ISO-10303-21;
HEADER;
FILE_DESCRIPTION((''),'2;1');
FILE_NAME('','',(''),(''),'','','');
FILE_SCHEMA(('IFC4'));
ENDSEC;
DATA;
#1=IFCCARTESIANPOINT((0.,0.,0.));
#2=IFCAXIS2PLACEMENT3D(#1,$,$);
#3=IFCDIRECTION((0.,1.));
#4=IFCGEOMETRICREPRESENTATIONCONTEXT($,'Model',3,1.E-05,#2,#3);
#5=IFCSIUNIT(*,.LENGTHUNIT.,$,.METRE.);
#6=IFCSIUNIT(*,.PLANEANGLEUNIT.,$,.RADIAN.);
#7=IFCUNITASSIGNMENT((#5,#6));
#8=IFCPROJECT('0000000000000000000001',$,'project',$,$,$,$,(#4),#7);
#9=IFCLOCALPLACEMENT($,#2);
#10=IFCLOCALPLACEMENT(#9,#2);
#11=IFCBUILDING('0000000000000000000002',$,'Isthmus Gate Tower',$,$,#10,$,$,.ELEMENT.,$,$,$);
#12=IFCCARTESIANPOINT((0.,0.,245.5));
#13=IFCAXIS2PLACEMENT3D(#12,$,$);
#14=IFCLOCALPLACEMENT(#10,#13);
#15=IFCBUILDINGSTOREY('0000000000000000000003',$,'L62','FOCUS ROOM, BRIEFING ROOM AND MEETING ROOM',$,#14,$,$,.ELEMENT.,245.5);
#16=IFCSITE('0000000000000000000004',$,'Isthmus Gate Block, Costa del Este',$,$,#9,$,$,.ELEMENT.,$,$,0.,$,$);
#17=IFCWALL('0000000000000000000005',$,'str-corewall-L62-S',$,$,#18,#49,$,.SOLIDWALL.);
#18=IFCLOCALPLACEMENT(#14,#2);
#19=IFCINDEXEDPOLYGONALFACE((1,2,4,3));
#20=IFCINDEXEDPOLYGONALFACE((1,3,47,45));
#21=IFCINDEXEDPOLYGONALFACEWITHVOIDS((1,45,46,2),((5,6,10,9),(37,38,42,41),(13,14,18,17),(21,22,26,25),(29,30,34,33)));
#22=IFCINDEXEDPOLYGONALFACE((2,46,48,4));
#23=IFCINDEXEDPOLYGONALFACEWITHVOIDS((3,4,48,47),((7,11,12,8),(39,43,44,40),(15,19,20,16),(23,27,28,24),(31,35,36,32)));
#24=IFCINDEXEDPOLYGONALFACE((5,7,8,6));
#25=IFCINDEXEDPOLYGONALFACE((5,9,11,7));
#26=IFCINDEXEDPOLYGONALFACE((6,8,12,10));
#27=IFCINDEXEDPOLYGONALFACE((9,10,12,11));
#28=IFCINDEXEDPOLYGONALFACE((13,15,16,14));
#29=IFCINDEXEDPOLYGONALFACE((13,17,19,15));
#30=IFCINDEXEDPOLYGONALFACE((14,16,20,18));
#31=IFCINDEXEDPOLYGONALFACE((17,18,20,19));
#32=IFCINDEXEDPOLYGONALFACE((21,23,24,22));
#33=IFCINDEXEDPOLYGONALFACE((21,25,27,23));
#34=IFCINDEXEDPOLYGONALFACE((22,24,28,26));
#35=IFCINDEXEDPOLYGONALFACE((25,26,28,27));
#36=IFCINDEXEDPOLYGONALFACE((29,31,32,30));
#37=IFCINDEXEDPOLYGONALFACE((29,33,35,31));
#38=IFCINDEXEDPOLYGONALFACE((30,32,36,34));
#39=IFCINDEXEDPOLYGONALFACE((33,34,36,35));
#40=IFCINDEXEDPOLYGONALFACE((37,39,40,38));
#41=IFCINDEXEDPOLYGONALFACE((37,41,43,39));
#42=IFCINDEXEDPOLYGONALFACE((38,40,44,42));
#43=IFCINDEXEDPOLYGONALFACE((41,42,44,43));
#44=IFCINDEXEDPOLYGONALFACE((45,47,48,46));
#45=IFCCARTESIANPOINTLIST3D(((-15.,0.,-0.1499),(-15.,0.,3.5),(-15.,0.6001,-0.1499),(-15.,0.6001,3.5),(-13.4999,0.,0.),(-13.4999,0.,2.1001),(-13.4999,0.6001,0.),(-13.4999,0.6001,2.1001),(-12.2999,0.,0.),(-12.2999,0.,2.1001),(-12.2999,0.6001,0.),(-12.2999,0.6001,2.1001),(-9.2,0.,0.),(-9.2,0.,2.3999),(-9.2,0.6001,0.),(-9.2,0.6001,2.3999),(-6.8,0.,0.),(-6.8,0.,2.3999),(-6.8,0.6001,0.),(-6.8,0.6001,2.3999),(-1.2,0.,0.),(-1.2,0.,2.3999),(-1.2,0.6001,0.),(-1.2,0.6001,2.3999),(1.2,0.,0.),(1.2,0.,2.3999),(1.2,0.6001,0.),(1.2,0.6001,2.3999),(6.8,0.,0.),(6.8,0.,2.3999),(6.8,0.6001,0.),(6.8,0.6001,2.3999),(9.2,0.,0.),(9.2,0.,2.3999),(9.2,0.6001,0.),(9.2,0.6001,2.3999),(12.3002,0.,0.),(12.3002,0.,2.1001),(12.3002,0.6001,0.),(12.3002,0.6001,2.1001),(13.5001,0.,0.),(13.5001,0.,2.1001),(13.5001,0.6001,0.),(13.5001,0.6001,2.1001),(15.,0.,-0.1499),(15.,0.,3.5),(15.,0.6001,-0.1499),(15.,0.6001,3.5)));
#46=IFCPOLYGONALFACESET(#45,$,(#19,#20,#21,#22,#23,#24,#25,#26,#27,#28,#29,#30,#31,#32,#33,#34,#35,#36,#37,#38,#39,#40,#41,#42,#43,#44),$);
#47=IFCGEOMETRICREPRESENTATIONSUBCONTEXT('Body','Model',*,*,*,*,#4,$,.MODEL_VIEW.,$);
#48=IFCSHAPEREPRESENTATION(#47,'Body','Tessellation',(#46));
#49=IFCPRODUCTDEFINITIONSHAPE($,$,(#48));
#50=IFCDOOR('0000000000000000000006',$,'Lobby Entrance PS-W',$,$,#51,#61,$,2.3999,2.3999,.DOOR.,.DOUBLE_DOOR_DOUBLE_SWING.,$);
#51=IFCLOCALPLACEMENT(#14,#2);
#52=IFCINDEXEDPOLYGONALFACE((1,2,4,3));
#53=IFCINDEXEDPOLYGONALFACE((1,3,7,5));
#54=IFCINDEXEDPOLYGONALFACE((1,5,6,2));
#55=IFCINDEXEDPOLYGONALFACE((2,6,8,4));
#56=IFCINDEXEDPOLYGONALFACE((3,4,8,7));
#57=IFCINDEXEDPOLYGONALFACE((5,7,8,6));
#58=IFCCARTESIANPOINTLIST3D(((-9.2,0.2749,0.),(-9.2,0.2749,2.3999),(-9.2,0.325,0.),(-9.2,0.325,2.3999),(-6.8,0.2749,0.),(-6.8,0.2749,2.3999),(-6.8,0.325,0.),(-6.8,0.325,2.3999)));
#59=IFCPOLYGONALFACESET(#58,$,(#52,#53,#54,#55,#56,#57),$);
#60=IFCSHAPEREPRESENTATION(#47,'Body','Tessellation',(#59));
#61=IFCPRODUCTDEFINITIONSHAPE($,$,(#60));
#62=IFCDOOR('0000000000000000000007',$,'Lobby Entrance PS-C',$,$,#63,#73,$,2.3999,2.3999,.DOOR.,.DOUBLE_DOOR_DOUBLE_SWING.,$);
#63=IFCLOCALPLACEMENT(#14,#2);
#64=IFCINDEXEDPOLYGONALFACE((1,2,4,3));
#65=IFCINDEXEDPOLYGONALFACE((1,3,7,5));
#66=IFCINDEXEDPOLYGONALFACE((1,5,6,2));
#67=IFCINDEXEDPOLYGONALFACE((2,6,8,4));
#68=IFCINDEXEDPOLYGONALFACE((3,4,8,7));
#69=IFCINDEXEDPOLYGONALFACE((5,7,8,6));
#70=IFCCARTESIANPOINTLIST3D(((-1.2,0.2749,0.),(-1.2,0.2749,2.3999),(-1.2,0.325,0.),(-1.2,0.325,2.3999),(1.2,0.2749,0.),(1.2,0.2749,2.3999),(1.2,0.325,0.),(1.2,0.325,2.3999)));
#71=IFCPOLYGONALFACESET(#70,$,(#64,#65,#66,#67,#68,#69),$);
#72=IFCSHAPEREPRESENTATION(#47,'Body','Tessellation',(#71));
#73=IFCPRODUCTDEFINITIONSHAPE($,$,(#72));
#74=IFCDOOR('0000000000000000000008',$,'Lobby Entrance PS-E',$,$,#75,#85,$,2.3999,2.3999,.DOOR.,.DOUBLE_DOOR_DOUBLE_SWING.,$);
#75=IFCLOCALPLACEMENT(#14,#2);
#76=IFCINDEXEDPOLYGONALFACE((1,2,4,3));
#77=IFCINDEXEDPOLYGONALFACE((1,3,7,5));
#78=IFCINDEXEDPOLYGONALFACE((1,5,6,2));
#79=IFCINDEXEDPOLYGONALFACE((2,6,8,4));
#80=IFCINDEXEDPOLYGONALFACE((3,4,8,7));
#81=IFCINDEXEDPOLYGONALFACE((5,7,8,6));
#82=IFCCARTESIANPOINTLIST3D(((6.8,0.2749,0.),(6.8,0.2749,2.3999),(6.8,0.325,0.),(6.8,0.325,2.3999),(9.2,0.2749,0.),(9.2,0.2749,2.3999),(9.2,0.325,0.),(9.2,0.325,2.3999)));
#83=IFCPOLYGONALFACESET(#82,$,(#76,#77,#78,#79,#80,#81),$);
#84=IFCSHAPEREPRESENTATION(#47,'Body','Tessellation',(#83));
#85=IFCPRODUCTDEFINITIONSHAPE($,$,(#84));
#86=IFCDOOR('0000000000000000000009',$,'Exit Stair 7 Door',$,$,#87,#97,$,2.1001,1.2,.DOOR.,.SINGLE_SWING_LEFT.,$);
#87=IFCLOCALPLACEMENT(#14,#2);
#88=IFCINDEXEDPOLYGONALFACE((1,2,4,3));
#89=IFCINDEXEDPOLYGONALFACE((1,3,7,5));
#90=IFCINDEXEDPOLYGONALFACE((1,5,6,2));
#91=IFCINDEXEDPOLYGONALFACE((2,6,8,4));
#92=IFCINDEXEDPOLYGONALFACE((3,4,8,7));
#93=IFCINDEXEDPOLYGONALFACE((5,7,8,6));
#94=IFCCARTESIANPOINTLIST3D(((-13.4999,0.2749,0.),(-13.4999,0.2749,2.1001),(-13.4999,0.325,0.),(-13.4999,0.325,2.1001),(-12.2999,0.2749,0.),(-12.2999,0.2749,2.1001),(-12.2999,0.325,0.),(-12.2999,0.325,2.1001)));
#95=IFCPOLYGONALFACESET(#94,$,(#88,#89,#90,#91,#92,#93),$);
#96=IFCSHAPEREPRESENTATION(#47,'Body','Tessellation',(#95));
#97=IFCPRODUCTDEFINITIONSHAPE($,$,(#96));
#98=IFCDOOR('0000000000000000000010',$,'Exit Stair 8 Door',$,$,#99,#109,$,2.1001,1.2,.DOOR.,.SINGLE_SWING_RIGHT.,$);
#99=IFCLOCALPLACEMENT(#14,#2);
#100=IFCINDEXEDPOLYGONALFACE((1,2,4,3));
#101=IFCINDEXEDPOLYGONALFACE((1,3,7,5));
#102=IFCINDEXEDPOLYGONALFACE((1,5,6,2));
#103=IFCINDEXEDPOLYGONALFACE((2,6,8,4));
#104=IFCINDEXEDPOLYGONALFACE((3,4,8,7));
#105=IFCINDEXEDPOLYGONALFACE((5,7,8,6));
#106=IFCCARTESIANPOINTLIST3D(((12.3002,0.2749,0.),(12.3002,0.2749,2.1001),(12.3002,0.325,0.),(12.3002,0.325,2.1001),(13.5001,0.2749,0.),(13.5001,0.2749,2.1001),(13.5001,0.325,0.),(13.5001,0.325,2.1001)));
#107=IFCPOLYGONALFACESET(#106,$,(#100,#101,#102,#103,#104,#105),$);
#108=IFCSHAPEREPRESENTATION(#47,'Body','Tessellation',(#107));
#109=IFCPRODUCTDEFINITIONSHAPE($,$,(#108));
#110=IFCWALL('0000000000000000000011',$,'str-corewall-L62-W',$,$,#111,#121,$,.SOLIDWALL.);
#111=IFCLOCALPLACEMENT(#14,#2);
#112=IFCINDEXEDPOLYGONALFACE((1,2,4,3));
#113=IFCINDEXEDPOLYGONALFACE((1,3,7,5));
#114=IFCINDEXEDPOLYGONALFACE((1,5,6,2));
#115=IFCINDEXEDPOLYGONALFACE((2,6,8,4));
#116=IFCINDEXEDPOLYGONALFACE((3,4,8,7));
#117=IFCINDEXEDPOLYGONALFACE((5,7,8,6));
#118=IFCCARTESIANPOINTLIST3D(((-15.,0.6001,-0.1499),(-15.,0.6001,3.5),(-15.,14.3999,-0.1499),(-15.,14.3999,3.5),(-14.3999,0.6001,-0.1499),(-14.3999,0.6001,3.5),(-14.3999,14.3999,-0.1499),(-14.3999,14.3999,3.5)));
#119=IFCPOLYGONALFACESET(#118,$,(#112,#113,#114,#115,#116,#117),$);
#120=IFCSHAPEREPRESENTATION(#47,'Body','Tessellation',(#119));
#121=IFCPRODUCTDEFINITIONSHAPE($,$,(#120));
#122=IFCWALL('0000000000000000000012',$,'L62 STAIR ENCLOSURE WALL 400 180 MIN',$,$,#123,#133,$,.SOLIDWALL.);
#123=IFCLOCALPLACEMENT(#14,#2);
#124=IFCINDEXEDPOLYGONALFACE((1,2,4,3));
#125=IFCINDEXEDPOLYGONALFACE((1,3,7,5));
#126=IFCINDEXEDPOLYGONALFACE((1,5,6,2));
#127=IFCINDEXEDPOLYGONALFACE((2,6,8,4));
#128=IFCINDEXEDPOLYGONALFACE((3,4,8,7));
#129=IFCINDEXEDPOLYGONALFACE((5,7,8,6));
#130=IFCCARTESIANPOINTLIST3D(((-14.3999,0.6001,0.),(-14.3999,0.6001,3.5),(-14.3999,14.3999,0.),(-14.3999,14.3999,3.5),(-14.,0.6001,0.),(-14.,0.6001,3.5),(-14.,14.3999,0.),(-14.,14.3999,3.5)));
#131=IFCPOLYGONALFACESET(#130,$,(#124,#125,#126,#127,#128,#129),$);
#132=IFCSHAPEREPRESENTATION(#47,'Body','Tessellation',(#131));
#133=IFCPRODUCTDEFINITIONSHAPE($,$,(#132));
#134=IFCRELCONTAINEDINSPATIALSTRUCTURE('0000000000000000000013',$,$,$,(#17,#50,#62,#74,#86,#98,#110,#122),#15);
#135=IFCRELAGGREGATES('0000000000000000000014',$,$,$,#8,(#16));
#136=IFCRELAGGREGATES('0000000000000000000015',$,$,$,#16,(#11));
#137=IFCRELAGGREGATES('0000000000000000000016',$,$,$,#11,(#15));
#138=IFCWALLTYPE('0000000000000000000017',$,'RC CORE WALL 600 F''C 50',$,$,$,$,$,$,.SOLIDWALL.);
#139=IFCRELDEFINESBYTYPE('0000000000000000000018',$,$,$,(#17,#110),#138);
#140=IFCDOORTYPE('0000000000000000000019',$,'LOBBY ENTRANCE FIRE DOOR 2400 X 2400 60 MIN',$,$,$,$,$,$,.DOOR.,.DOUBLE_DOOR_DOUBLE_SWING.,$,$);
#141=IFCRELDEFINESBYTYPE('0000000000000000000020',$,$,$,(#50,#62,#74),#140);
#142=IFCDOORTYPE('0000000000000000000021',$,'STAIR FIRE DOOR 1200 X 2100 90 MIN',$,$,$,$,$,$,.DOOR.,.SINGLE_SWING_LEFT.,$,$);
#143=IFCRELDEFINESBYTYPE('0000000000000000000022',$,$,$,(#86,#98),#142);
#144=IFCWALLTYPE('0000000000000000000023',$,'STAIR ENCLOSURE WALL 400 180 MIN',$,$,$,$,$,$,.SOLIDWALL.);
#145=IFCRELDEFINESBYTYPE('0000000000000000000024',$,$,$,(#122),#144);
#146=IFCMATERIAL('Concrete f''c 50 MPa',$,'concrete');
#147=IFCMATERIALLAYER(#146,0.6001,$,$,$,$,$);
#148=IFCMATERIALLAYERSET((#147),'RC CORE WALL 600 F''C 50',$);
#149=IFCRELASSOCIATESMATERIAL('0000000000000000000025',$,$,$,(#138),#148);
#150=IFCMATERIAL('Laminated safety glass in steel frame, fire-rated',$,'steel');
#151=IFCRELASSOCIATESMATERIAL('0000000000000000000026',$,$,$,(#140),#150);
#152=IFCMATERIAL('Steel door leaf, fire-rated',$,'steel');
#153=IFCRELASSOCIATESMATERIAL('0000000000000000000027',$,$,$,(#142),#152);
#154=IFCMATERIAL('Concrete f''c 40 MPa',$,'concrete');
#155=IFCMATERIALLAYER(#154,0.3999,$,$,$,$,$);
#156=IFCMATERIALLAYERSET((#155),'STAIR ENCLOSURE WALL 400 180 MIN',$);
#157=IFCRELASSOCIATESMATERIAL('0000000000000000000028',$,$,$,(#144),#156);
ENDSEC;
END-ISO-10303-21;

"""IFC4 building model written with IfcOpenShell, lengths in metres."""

from ifc_helpers import new_model, si_unit, direction, frame, frame_2d, origin, place, context, subcontext, project, spatial, rectangle, extrude, material, layer, layer_set, type_object, element, fill, save


model = new_model("IFC4")

# Units and contexts
model_context = context("Model", 3, precision=1e-05, world=origin(), true_north=direction((0.0, 1.0)))
body_context = subcontext(model_context, "Body", "Model", "MODEL_VIEW")
ifc_project = project(units=[si_unit("LENGTHUNIT", "METRE"), si_unit("PLANEANGLEUNIT", "RADIAN")], contexts=[model_context])

# Site, building, storey
site_placement = place(None, origin())
site = spatial("IfcSite", under=ifc_project, at=site_placement, Name="Isthmus Gate Block, Costa del Este", CompositionType="ELEMENT", RefElevation=0.0)
building_placement = place(site_placement, origin())
building = spatial("IfcBuilding", under=site, at=building_placement, Name="Isthmus Gate Tower", CompositionType="ELEMENT")
storey_placement = place(building_placement, frame((0.0, 0.0, 245.5)))
storey = spatial("IfcBuildingStorey", under=building, at=storey_placement, Name="L62", Description="FOCUS ROOM, BRIEFING ROOM AND MEETING ROOM", CompositionType="ELEMENT", Elevation=245.5)

# Wall, openings, doors
ifc_material_1 = material(Name="Concrete f'c 50 MPa", Category="concrete")
ifc_layer_1 = layer(ifc_material_1, 0.6001)
ifc_layer_set_1 = layer_set([ifc_layer_1], Name="RC CORE WALL 600 F'C 50")
wall_type_1 = type_object("IfcWallType", Name="RC CORE WALL 600 F'C 50", PredefinedType="SOLIDWALL", material=ifc_layer_set_1)
wall_1_placement = place(storey_placement, frame((-15.0, 0.3, -0.1499), z_axis=(0.0, 0.0, 1.0), x_axis=(1.0, 0.0, 0.0)))
wall_1 = element("IfcWall", 1, at=wall_1_placement, inside=storey, type_object=wall_type_1, Name="str-corewall-L62-S", PredefinedType="SOLIDWALL", context=body_context, shape_type="SweptSolid", body=[
    extrude(rectangle(XDim=30.0, YDim=0.6001, at=frame_2d((15.0, 0.0))), origin(), (0.0, 0.0, 1.0), 3.6499),
])
opening_1_placement = place(wall_1_placement, frame((5.8, 0.0, 0.1499)))
opening_1 = element("IfcOpeningElement", 2, at=opening_1_placement, cuts=wall_1, PredefinedType="OPENING", context=body_context, shape_type="SweptSolid", body=[
    extrude(rectangle(XDim=2.3999, YDim=2.3999, at=frame_2d((1.2, 1.2))), frame((0.0, 0.3101, 0.0), z_axis=(0.0, -1.0, 0.0), x_axis=(1.0, 0.0, 0.0)), (0.0, 0.0, 1.0), 0.6201),
])
opening_2_placement = place(wall_1_placement, frame((13.8, 0.0, 0.1499)))
opening_2 = element("IfcOpeningElement", 3, at=opening_2_placement, cuts=wall_1, PredefinedType="OPENING", context=body_context, shape_type="SweptSolid", body=[
    extrude(rectangle(XDim=2.3999, YDim=2.3999, at=frame_2d((1.2, 1.2))), frame((0.0, 0.3101, 0.0), z_axis=(0.0, -1.0, 0.0), x_axis=(1.0, 0.0, 0.0)), (0.0, 0.0, 1.0), 0.6201),
])
opening_3_placement = place(wall_1_placement, frame((21.8, 0.0, 0.1499)))
opening_3 = element("IfcOpeningElement", 4, at=opening_3_placement, cuts=wall_1, PredefinedType="OPENING", context=body_context, shape_type="SweptSolid", body=[
    extrude(rectangle(XDim=2.3999, YDim=2.3999, at=frame_2d((1.2, 1.2))), frame((0.0, 0.3101, 0.0), z_axis=(0.0, -1.0, 0.0), x_axis=(1.0, 0.0, 0.0)), (0.0, 0.0, 1.0), 0.6201),
])
opening_4_placement = place(wall_1_placement, frame((1.5, 0.0, 0.1499)))
opening_4 = element("IfcOpeningElement", 5, at=opening_4_placement, cuts=wall_1, PredefinedType="OPENING", context=body_context, shape_type="SweptSolid", body=[
    extrude(rectangle(XDim=1.2, YDim=2.1001, at=frame_2d((0.6001, 1.05))), frame((0.0, 0.3101, 0.0), z_axis=(0.0, -1.0, 0.0), x_axis=(1.0, 0.0, 0.0)), (0.0, 0.0, 1.0), 0.6201),
])
opening_5_placement = place(wall_1_placement, frame((27.3, 0.0, 0.1499)))
opening_5 = element("IfcOpeningElement", 6, at=opening_5_placement, cuts=wall_1, PredefinedType="OPENING", context=body_context, shape_type="SweptSolid", body=[
    extrude(rectangle(XDim=1.2, YDim=2.1001, at=frame_2d((0.6001, 1.05))), frame((0.0, 0.3101, 0.0), z_axis=(0.0, -1.0, 0.0), x_axis=(1.0, 0.0, 0.0)), (0.0, 0.0, 1.0), 0.6201),
])
ifc_material_2 = material(Name="Laminated safety glass in steel frame, fire-rated", Category="steel")
door_type_1 = type_object("IfcDoorType", Name="LOBBY ENTRANCE FIRE DOOR 2400 X 2400 60 MIN", OperationType="DOUBLE_DOOR_DOUBLE_SWING", PredefinedType="DOOR", material=ifc_material_2)
door_1_placement = place(opening_1_placement, origin())
door_1 = element("IfcDoor", 7, at=door_1_placement, inside=storey, type_object=door_type_1, Name="Lobby Entrance PS-W", OperationType="DOUBLE_DOOR_DOUBLE_SWING", OverallHeight=2.3999, OverallWidth=2.3999, PredefinedType="DOOR", context=body_context, shape_type="SweptSolid", body=[
    extrude(rectangle(XDim=2.3999, YDim=2.3999, at=frame_2d((1.2, 1.2))), frame((0.0, 0.0249, 0.0), z_axis=(0.0, -1.0, 0.0), x_axis=(1.0, 0.0, 0.0)), (0.0, 0.0, 1.0), 0.05),
])
fill(opening_1, door_1)
door_2_placement = place(opening_2_placement, origin())
door_2 = element("IfcDoor", 8, at=door_2_placement, inside=storey, type_object=door_type_1, Name="Lobby Entrance PS-C", OperationType="DOUBLE_DOOR_DOUBLE_SWING", OverallHeight=2.3999, OverallWidth=2.3999, PredefinedType="DOOR", context=body_context, shape_type="SweptSolid", body=[
    extrude(rectangle(XDim=2.3999, YDim=2.3999, at=frame_2d((1.2, 1.2))), frame((0.0, 0.0249, 0.0), z_axis=(0.0, -1.0, 0.0), x_axis=(1.0, 0.0, 0.0)), (0.0, 0.0, 1.0), 0.05),
])
fill(opening_2, door_2)
door_3_placement = place(opening_3_placement, origin())
door_3 = element("IfcDoor", 9, at=door_3_placement, inside=storey, type_object=door_type_1, Name="Lobby Entrance PS-E", OperationType="DOUBLE_DOOR_DOUBLE_SWING", OverallHeight=2.3999, OverallWidth=2.3999, PredefinedType="DOOR", context=body_context, shape_type="SweptSolid", body=[
    extrude(rectangle(XDim=2.3999, YDim=2.3999, at=frame_2d((1.2, 1.2))), frame((0.0, 0.0249, 0.0), z_axis=(0.0, -1.0, 0.0), x_axis=(1.0, 0.0, 0.0)), (0.0, 0.0, 1.0), 0.05),
])
fill(opening_3, door_3)
ifc_material_3 = material(Name="Steel door leaf, fire-rated", Category="steel")
door_type_2 = type_object("IfcDoorType", Name="STAIR FIRE DOOR 1200 X 2100 90 MIN", OperationType="SINGLE_SWING_LEFT", PredefinedType="DOOR", material=ifc_material_3)
door_4_placement = place(opening_4_placement, origin())
door_4 = element("IfcDoor", 10, at=door_4_placement, inside=storey, type_object=door_type_2, Name="Exit Stair 7 Door", OperationType="SINGLE_SWING_LEFT", OverallHeight=2.1001, OverallWidth=1.2, PredefinedType="DOOR", context=body_context, shape_type="SweptSolid", body=[
    extrude(rectangle(XDim=1.2, YDim=2.1001, at=frame_2d((0.6001, 1.05))), frame((0.0, 0.0249, 0.0), z_axis=(0.0, -1.0, 0.0), x_axis=(1.0, 0.0, 0.0)), (0.0, 0.0, 1.0), 0.05),
])
fill(opening_4, door_4)
door_5_placement = place(opening_5_placement, origin())
door_5 = element("IfcDoor", 11, at=door_5_placement, inside=storey, type_object=door_type_2, Name="Exit Stair 8 Door", OperationType="SINGLE_SWING_RIGHT", OverallHeight=2.1001, OverallWidth=1.2, PredefinedType="DOOR", context=body_context, shape_type="SweptSolid", body=[
    extrude(rectangle(XDim=1.2, YDim=2.1001, at=frame_2d((0.6001, 1.05))), frame((0.0, 0.0249, 0.0), z_axis=(0.0, -1.0, 0.0), x_axis=(1.0, 0.0, 0.0)), (0.0, 0.0, 1.0), 0.05),
])
fill(opening_5, door_5)

# Walls
wall_2_placement = place(storey_placement, frame((-14.7, 0.6001, -0.1499), z_axis=(0.0, 0.0, 1.0), x_axis=(0.0, 1.0, 0.0)))
element("IfcWall", 12, at=wall_2_placement, inside=storey, type_object=wall_type_1, Name="str-corewall-L62-W", PredefinedType="SOLIDWALL", context=body_context, shape_type="SweptSolid", body=[
    extrude(rectangle(XDim=13.7998, YDim=0.6001, at=frame_2d((6.8999, 0.0))), origin(), (0.0, 0.0, 1.0), 3.6499),
])
ifc_material_4 = material(Name="Concrete f'c 40 MPa", Category="concrete")
ifc_layer_2 = layer(ifc_material_4, 0.3999)
ifc_layer_set_2 = layer_set([ifc_layer_2], Name="STAIR ENCLOSURE WALL 400 180 MIN")
wall_type_2 = type_object("IfcWallType", Name="STAIR ENCLOSURE WALL 400 180 MIN", PredefinedType="SOLIDWALL", material=ifc_layer_set_2)
wall_3_placement = place(storey_placement, frame((-14.2, 0.6001, 0.0), z_axis=(0.0, 0.0, 1.0), x_axis=(0.0, 1.0, 0.0)))
element("IfcWall", 13, at=wall_3_placement, inside=storey, type_object=wall_type_2, Name="L62 STAIR ENCLOSURE WALL 400 180 MIN", PredefinedType="SOLIDWALL", context=body_context, shape_type="SweptSolid", body=[
    extrude(rectangle(XDim=13.7998, YDim=0.3999, at=frame_2d((6.8999, 0.0))), origin(), (0.0, 0.0, 1.0), 3.5),
])

save(model, "model.ifc")
